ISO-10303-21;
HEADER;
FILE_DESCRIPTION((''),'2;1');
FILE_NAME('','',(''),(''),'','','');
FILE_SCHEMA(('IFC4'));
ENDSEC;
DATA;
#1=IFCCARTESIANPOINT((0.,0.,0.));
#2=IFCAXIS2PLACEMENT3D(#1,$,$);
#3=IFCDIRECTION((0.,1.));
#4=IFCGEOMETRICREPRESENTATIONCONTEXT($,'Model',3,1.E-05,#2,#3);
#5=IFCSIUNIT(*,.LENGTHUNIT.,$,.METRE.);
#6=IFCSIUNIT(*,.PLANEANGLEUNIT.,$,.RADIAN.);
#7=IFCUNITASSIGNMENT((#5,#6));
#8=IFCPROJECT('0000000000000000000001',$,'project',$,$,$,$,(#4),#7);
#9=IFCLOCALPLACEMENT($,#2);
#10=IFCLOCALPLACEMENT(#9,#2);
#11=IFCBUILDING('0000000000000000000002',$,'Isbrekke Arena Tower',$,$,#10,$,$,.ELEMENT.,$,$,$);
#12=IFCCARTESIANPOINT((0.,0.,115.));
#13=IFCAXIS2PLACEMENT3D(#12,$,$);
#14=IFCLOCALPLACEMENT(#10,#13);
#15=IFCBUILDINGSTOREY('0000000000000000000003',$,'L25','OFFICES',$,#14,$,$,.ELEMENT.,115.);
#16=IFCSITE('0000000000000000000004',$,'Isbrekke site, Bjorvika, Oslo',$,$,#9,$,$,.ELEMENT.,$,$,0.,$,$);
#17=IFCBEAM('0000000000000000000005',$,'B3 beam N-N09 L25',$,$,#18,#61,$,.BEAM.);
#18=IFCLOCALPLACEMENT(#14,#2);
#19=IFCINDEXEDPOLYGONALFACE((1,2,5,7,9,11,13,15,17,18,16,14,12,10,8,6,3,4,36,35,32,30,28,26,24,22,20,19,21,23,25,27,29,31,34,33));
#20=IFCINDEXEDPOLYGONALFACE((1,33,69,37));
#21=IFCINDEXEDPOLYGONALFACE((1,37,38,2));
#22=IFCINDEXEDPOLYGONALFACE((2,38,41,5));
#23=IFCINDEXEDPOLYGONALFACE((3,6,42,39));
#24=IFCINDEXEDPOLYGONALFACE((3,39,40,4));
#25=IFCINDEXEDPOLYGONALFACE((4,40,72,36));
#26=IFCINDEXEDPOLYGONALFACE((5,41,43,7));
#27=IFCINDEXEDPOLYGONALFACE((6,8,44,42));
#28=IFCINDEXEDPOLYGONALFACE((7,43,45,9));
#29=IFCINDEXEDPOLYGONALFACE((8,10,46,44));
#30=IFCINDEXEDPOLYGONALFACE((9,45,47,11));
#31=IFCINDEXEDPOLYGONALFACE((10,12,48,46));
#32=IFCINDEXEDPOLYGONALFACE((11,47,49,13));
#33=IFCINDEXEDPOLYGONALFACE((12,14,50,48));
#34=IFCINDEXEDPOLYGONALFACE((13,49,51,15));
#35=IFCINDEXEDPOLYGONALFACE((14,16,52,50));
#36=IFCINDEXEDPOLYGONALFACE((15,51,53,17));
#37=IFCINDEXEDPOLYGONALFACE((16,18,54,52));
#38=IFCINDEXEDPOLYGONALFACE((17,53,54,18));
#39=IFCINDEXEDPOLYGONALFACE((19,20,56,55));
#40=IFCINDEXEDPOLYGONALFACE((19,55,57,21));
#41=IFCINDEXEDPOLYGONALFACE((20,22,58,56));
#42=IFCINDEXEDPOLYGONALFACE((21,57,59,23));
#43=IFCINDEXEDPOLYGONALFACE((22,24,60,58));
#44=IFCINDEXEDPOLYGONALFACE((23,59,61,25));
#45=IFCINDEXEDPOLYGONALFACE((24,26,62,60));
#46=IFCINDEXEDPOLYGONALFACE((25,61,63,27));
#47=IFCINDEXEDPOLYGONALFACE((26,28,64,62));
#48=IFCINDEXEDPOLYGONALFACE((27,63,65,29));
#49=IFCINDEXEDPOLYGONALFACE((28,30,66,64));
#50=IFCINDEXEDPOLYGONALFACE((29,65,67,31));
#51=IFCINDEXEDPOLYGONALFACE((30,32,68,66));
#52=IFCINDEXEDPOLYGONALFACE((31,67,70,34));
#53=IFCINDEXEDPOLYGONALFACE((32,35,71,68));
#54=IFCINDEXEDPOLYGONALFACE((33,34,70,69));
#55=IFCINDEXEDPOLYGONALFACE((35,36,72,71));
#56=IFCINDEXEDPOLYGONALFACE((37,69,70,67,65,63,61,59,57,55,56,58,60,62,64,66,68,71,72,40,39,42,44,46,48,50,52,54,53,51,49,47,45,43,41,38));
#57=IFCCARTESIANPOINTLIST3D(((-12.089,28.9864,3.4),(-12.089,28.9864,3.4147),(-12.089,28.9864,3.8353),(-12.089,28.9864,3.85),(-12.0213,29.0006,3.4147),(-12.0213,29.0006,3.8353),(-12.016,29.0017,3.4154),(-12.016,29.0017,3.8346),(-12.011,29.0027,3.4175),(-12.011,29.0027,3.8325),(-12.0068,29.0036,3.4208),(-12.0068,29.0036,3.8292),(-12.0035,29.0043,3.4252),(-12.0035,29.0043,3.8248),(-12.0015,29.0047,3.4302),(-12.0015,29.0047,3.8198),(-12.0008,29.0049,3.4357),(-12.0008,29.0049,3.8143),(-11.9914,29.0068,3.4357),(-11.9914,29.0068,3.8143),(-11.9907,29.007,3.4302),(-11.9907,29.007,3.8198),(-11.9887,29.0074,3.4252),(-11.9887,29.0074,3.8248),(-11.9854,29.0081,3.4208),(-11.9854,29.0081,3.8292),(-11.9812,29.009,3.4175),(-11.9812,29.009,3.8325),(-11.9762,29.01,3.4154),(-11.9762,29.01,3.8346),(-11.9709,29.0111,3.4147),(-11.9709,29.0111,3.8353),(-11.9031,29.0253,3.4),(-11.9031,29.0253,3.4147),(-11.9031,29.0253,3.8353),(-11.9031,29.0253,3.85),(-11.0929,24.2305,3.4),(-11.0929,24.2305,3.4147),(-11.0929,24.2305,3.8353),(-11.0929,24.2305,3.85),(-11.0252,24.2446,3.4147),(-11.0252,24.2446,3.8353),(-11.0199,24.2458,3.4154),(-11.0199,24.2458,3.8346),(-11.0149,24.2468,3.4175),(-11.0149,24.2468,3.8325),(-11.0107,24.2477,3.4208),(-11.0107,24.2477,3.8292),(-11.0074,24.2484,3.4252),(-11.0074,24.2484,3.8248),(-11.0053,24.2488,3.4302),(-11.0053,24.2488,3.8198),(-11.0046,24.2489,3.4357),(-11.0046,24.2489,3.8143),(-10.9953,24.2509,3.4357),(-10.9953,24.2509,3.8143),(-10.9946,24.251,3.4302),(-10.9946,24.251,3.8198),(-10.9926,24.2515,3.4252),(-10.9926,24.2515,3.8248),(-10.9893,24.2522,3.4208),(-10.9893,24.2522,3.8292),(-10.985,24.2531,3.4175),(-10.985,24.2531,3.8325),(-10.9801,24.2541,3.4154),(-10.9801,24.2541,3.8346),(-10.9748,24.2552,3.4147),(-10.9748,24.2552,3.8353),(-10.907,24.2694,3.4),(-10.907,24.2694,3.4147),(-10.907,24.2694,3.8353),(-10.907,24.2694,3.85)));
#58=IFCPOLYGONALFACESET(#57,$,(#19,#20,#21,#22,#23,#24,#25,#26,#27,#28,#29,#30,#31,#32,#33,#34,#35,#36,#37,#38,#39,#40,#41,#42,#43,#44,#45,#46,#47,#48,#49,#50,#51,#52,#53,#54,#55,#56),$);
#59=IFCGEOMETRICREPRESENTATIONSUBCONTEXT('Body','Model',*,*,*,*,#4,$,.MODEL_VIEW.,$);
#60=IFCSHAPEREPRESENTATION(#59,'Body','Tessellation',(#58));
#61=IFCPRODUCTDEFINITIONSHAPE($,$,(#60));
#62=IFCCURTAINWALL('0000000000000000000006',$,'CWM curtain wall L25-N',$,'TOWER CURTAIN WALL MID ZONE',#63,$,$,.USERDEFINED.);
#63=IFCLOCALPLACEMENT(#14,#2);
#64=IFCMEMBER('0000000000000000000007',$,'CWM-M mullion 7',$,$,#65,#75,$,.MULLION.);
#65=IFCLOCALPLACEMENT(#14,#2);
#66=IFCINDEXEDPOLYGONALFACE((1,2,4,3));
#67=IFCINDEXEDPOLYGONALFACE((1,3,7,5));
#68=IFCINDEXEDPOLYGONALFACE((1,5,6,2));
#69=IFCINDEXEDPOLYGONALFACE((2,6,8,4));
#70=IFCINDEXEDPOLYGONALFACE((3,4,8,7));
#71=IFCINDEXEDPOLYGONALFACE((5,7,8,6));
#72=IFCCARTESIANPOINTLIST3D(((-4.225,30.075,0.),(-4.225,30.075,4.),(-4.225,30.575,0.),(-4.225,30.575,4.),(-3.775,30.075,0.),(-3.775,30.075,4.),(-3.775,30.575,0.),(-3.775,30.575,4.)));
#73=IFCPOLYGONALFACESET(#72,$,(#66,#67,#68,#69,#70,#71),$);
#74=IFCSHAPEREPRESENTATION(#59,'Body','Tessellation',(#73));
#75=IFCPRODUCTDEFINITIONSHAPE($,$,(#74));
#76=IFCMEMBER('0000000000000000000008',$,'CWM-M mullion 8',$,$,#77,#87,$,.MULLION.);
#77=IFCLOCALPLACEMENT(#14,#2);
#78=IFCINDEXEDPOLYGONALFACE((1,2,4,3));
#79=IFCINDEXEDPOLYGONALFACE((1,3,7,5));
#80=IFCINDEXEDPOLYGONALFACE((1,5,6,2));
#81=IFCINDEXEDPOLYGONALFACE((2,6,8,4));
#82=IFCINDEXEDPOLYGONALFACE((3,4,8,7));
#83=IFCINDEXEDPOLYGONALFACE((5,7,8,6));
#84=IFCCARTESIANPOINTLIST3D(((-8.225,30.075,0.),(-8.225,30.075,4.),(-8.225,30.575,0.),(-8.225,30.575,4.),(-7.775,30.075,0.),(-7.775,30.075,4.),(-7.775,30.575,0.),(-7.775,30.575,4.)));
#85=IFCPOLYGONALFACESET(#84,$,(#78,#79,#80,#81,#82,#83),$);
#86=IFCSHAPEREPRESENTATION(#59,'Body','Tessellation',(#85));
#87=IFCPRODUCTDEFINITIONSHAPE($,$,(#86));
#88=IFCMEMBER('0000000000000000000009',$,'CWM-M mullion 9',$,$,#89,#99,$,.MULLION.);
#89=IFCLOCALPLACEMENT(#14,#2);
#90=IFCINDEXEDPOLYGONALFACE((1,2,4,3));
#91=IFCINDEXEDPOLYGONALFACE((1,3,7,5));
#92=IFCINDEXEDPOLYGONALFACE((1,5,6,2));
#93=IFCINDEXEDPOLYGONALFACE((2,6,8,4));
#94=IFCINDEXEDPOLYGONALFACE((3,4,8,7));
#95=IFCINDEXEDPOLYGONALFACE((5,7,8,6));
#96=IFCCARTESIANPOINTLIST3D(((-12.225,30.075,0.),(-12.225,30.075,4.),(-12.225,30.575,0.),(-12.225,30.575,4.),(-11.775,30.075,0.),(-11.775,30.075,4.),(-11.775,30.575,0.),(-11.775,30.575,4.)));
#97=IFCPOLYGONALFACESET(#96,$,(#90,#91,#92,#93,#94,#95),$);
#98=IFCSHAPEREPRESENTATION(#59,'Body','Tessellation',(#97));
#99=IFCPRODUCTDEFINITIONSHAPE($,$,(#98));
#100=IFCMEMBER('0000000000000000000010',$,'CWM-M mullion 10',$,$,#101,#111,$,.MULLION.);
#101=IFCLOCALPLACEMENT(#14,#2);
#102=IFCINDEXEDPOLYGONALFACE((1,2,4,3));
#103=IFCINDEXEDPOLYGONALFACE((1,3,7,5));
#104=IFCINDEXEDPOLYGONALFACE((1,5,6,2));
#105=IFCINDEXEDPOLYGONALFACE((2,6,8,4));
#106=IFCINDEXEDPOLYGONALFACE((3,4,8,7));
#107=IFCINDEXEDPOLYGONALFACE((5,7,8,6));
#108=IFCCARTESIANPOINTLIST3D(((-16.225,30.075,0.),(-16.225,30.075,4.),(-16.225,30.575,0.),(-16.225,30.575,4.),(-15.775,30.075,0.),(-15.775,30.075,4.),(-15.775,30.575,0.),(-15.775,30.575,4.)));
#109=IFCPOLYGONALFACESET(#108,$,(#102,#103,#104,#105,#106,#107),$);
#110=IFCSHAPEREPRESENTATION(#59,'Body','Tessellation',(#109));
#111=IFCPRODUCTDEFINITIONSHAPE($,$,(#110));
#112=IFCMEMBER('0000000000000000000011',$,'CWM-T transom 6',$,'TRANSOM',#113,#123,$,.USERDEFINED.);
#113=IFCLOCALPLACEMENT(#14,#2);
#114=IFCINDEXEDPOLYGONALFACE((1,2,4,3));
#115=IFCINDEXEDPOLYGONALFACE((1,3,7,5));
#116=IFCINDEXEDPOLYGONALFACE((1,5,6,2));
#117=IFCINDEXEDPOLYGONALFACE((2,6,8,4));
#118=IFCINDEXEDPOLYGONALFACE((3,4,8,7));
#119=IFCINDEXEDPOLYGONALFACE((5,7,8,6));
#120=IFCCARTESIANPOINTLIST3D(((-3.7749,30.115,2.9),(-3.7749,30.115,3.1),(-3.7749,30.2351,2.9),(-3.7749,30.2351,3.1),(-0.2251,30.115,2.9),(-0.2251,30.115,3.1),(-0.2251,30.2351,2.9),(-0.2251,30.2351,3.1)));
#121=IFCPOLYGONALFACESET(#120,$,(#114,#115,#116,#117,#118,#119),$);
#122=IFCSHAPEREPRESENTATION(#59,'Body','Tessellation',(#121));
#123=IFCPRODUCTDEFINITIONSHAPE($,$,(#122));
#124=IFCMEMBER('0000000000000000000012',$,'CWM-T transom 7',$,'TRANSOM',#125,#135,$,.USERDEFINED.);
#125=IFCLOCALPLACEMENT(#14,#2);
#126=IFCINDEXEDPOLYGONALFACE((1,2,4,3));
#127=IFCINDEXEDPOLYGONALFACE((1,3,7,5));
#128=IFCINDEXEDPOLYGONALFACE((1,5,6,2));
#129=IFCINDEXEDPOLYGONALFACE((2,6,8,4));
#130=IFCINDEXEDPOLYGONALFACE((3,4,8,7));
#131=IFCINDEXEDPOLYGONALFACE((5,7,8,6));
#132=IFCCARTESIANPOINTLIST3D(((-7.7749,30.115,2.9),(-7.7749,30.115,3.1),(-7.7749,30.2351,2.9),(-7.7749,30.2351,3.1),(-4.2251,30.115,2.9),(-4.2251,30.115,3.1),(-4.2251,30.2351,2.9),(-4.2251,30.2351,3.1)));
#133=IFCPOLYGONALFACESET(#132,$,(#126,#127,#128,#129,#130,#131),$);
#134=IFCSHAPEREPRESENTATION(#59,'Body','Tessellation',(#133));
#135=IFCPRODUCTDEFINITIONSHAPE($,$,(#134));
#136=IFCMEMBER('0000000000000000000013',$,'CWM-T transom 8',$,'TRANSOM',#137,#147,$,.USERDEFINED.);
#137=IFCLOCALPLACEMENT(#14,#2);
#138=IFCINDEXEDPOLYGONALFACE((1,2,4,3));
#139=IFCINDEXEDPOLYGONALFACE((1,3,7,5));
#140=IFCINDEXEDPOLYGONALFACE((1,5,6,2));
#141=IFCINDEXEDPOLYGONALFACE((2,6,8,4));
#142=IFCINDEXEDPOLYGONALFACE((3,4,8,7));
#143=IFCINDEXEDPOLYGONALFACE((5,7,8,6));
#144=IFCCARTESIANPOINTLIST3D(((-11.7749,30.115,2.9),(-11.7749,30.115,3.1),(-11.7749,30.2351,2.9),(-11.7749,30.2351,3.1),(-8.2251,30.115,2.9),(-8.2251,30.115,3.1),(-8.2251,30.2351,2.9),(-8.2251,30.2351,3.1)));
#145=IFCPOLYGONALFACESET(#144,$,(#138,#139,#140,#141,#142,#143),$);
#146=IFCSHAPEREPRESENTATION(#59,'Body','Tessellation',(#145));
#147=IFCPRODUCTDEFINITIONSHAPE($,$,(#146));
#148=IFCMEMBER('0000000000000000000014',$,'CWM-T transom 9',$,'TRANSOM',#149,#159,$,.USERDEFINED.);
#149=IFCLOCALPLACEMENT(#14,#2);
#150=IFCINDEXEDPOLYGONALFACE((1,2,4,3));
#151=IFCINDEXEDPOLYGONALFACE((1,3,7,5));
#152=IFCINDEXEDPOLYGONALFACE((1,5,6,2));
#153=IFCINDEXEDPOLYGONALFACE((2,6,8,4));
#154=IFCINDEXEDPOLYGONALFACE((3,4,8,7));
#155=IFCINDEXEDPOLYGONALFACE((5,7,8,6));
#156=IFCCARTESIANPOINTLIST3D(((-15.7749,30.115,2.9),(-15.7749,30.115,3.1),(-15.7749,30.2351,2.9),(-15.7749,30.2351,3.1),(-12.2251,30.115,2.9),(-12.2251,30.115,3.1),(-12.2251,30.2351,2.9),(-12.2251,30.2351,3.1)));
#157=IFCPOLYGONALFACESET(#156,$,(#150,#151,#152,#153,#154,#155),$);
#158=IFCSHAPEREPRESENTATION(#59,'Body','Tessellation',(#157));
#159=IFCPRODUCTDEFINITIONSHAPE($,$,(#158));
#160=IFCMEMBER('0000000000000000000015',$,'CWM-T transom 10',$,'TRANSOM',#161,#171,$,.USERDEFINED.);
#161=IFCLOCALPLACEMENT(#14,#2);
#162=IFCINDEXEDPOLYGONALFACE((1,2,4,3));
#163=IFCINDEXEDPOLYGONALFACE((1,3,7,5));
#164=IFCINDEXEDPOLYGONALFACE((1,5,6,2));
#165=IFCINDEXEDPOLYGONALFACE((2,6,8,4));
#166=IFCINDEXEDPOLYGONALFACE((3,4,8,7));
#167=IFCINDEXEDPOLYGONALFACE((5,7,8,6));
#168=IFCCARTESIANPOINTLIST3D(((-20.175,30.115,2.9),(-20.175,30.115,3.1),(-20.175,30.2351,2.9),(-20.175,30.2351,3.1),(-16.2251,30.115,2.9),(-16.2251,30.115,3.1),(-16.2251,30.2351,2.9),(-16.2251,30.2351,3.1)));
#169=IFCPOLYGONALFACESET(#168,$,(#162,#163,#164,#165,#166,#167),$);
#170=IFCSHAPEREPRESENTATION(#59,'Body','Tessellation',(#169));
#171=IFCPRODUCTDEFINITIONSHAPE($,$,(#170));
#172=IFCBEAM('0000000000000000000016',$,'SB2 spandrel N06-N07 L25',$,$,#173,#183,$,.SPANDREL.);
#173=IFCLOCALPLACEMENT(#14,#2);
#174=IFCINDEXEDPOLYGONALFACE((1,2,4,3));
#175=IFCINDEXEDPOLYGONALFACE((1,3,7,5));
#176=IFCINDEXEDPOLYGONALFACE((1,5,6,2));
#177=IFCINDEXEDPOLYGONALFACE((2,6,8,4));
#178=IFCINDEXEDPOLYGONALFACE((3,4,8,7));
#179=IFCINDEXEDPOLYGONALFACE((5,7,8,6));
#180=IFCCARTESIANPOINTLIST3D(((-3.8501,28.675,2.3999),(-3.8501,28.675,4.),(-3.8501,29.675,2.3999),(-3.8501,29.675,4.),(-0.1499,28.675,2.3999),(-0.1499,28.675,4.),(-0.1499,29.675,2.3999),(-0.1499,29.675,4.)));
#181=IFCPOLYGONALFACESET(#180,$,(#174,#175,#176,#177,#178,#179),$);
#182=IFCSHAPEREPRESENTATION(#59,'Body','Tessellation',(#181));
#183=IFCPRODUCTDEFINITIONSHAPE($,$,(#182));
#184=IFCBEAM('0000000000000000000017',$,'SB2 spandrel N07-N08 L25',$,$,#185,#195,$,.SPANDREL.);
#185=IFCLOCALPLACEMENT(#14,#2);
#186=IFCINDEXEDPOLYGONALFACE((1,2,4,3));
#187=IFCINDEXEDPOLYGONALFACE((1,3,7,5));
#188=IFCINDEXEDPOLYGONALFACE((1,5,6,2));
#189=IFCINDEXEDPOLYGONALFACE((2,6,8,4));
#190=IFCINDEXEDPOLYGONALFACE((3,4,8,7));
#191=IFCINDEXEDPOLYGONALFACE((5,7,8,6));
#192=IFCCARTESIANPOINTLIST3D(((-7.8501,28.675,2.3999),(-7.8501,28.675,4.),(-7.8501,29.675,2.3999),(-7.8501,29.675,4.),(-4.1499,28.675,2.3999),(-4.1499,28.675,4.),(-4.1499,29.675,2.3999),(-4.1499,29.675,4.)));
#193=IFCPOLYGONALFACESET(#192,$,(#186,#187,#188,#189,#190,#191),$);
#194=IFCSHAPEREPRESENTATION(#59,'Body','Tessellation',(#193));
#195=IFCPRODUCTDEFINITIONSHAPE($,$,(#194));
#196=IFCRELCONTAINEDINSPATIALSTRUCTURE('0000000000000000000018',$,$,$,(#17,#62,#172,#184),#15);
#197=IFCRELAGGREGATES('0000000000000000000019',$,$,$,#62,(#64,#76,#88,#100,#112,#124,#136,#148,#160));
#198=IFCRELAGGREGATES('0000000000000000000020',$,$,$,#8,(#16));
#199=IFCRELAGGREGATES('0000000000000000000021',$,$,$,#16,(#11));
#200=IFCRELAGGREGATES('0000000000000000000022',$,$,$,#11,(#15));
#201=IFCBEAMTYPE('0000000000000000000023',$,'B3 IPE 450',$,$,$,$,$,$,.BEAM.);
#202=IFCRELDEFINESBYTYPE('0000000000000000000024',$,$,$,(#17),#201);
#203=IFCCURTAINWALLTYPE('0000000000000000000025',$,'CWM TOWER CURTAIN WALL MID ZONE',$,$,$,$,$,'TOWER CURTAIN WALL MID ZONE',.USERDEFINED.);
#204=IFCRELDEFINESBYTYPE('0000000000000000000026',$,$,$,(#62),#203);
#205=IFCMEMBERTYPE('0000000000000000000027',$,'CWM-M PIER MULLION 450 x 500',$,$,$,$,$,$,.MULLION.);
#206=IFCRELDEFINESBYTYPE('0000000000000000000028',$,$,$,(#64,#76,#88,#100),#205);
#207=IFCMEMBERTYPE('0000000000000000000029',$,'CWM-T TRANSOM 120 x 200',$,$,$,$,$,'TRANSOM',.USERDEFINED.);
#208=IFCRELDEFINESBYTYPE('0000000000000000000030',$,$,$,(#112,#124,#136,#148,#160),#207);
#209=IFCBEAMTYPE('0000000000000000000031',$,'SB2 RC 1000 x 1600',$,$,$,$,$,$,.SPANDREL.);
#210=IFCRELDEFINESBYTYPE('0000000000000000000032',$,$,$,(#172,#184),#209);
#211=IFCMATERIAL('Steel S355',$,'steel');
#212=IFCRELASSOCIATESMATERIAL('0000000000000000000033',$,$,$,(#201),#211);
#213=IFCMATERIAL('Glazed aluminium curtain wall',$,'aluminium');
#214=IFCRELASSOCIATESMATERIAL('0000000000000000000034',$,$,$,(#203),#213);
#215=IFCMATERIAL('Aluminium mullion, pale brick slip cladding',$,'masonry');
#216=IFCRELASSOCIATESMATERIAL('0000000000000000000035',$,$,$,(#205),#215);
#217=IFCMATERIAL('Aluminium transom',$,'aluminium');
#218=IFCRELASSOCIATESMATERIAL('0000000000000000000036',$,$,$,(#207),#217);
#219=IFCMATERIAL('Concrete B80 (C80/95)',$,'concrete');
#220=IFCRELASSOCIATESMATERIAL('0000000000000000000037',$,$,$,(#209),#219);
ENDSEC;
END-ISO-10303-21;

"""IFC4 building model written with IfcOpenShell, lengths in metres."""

from ifc_helpers import new_model, si_unit, direction, frame, origin, origin_2d, place, context, subcontext, project, spatial, rectangle, i_section, extrude, material, material_profile, profile_set, type_object, element, aggregate, save


model = new_model("IFC4")

# Units and contexts
model_context = context("Model", 3, precision=1e-05, world=origin(), true_north=direction((0.0, 1.0)))
body_context = subcontext(model_context, "Body", "Model", "MODEL_VIEW")
ifc_project = project(units=[si_unit("LENGTHUNIT", "METRE"), si_unit("PLANEANGLEUNIT", "RADIAN")], contexts=[model_context])

# Site, building, storey
site_placement = place(None, origin())
site = spatial("IfcSite", under=ifc_project, at=site_placement, Name="Isbrekke site, Bjorvika, Oslo", CompositionType="ELEMENT", RefElevation=0.0)
building_placement = place(site_placement, origin())
building = spatial("IfcBuilding", under=site, at=building_placement, Name="Isbrekke Arena Tower", CompositionType="ELEMENT")
storey_placement = place(building_placement, frame((0.0, 0.0, 115.0)))
storey = spatial("IfcBuildingStorey", under=building, at=storey_placement, Name="L25", Description="OFFICES", CompositionType="ELEMENT", Elevation=115.0)

# Beam
ifc_material_1 = material(Name="Steel S355", Category="steel")
ifc_material_profile_1 = material_profile(ifc_material_1, i_section(OverallWidth=0.1899, OverallDepth=0.45, WebThickness=0.0095, FlangeThickness=0.0146, FilletRadius=0.021, at=origin_2d()), Name="IPE 450")
ifc_profile_set_1 = profile_set([ifc_material_profile_1], Name="Steel S355")
beam_type_1 = type_object("IfcBeamType", Name="B3 IPE 450", PredefinedType="BEAM", material=ifc_profile_set_1)
beam_1_placement = place(storey_placement, frame((-11.9961, 29.0059, 3.625), z_axis=(0.204997, -0.978762, 0.0), x_axis=(0.978762, 0.204997, 0.0)))
element("IfcBeam", 1, at=beam_1_placement, inside=storey, type_object=beam_type_1, Name="B3 beam N-N09 L25", PredefinedType="BEAM", context=body_context, shape_type="SweptSolid", body=[
    extrude(i_section(OverallWidth=0.1899, OverallDepth=0.45, WebThickness=0.0095, FlangeThickness=0.0146, FilletRadius=0.021, at=origin_2d()), origin(), (0.0, 0.0, 1.0), 4.8591),
])

# Curtain wall, members
ifc_material_2 = material(Name="Glazed aluminium curtain wall", Category="aluminium")
curtain_wall_type = type_object("IfcCurtainWallType", Name="CWM TOWER CURTAIN WALL MID ZONE", ElementType="TOWER CURTAIN WALL MID ZONE", PredefinedType="USERDEFINED", material=ifc_material_2)
curtain_wall_placement = place(storey_placement, origin())
curtain_wall = element("IfcCurtainWall", 2, at=curtain_wall_placement, inside=storey, type_object=curtain_wall_type, Name="CWM curtain wall L25-N", ObjectType="TOWER CURTAIN WALL MID ZONE", PredefinedType="USERDEFINED")
ifc_material_3 = material(Name="Aluminium mullion, pale brick slip cladding", Category="masonry")
ifc_material_profile_2 = material_profile(ifc_material_3, rectangle(XDim=0.45, YDim=0.5, at=origin_2d()), Name="PIER 450X500")
ifc_profile_set_2 = profile_set([ifc_material_profile_2], Name="Aluminium mullion, pale brick slip cladding")
member_type_1 = type_object("IfcMemberType", Name="CWM-M PIER MULLION 450 x 500", PredefinedType="MULLION", material=ifc_profile_set_2)
member_1_placement = place(storey_placement, frame((-4.0, 30.325, 0.0), z_axis=(0.0, 0.0, 1.0), x_axis=(-1.0, 0.0, 0.0)))
member_1 = element("IfcMember", 3, at=member_1_placement, type_object=member_type_1, Name="CWM-M mullion 7", PredefinedType="MULLION", context=body_context, shape_type="SweptSolid", body=[
    extrude(rectangle(XDim=0.45, YDim=0.5, at=origin_2d()), origin(), (0.0, 0.0, 1.0), 4.0),
])
member_2_placement = place(storey_placement, frame((-8.0, 30.325, 0.0), z_axis=(0.0, 0.0, 1.0), x_axis=(-1.0, 0.0, 0.0)))
member_2 = element("IfcMember", 4, at=member_2_placement, type_object=member_type_1, Name="CWM-M mullion 8", PredefinedType="MULLION", context=body_context, shape_type="SweptSolid", body=[
    extrude(rectangle(XDim=0.45, YDim=0.5, at=origin_2d()), origin(), (0.0, 0.0, 1.0), 4.0),
])
member_3_placement = place(storey_placement, frame((-12.0, 30.325, 0.0), z_axis=(0.0, 0.0, 1.0), x_axis=(-1.0, 0.0, 0.0)))
member_3 = element("IfcMember", 5, at=member_3_placement, type_object=member_type_1, Name="CWM-M mullion 9", PredefinedType="MULLION", context=body_context, shape_type="SweptSolid", body=[
    extrude(rectangle(XDim=0.45, YDim=0.5, at=origin_2d()), origin(), (0.0, 0.0, 1.0), 4.0),
])
member_4_placement = place(storey_placement, frame((-16.0, 30.325, 0.0), z_axis=(0.0, 0.0, 1.0), x_axis=(-1.0, 0.0, 0.0)))
member_4 = element("IfcMember", 6, at=member_4_placement, type_object=member_type_1, Name="CWM-M mullion 10", PredefinedType="MULLION", context=body_context, shape_type="SweptSolid", body=[
    extrude(rectangle(XDim=0.45, YDim=0.5, at=origin_2d()), origin(), (0.0, 0.0, 1.0), 4.0),
])
ifc_material_4 = material(Name="Aluminium transom", Category="aluminium")
ifc_material_profile_3 = material_profile(ifc_material_4, rectangle(XDim=0.1201, YDim=0.2, at=origin_2d()), Name="TRANSOM 120X200")
ifc_profile_set_3 = profile_set([ifc_material_profile_3], Name="Aluminium transom")
member_type_2 = type_object("IfcMemberType", Name="CWM-T TRANSOM 120 x 200", ElementType="TRANSOM", PredefinedType="USERDEFINED", material=ifc_profile_set_3)
member_5_placement = place(storey_placement, frame((-0.2251, 30.175, 3.0), z_axis=(-1.0, 0.0, 0.0), x_axis=(0.0, -1.0, 0.0)))
member_5 = element("IfcMember", 7, at=member_5_placement, type_object=member_type_2, Name="CWM-T transom 6", ObjectType="TRANSOM", PredefinedType="USERDEFINED", context=body_context, shape_type="SweptSolid", body=[
    extrude(rectangle(XDim=0.1201, YDim=0.2, at=origin_2d()), origin(), (0.0, 0.0, 1.0), 3.5498),
])
member_6_placement = place(storey_placement, frame((-4.2251, 30.175, 3.0), z_axis=(-1.0, 0.0, 0.0), x_axis=(0.0, -1.0, 0.0)))
member_6 = element("IfcMember", 8, at=member_6_placement, type_object=member_type_2, Name="CWM-T transom 7", ObjectType="TRANSOM", PredefinedType="USERDEFINED", context=body_context, shape_type="SweptSolid", body=[
    extrude(rectangle(XDim=0.1201, YDim=0.2, at=origin_2d()), origin(), (0.0, 0.0, 1.0), 3.5498),
])
member_7_placement = place(storey_placement, frame((-8.2251, 30.175, 3.0), z_axis=(-1.0, 0.0, 0.0), x_axis=(0.0, -1.0, 0.0)))
member_7 = element("IfcMember", 9, at=member_7_placement, type_object=member_type_2, Name="CWM-T transom 8", ObjectType="TRANSOM", PredefinedType="USERDEFINED", context=body_context, shape_type="SweptSolid", body=[
    extrude(rectangle(XDim=0.1201, YDim=0.2, at=origin_2d()), origin(), (0.0, 0.0, 1.0), 3.5498),
])
member_8_placement = place(storey_placement, frame((-12.2251, 30.175, 3.0), z_axis=(-1.0, 0.0, 0.0), x_axis=(0.0, -1.0, 0.0)))
member_8 = element("IfcMember", 10, at=member_8_placement, type_object=member_type_2, Name="CWM-T transom 9", ObjectType="TRANSOM", PredefinedType="USERDEFINED", context=body_context, shape_type="SweptSolid", body=[
    extrude(rectangle(XDim=0.1201, YDim=0.2, at=origin_2d()), origin(), (0.0, 0.0, 1.0), 3.5498),
])
member_9_placement = place(storey_placement, frame((-16.2251, 30.175, 3.0), z_axis=(-1.0, 0.0, 0.0), x_axis=(0.0, -1.0, 0.0)))
member_9 = element("IfcMember", 11, at=member_9_placement, type_object=member_type_2, Name="CWM-T transom 10", ObjectType="TRANSOM", PredefinedType="USERDEFINED", context=body_context, shape_type="SweptSolid", body=[
    extrude(rectangle(XDim=0.1201, YDim=0.2, at=origin_2d()), origin(), (0.0, 0.0, 1.0), 3.95),
])

# Beams
ifc_material_5 = material(Name="Concrete B80 (C80/95)", Category="concrete")
ifc_material_profile_4 = material_profile(ifc_material_5, rectangle(XDim=1.0, YDim=1.6001, at=origin_2d()), Name="RC 1000x1600")
ifc_profile_set_4 = profile_set([ifc_material_profile_4], Name="Concrete B80 (C80/95)")
beam_type_2 = type_object("IfcBeamType", Name="SB2 RC 1000 x 1600", PredefinedType="SPANDREL", material=ifc_profile_set_4)
for number, where, z_axis, x_axis, name in (
    (12, (-0.1499, 29.175, 3.2), (-1.0, 0.0, 0.0), (0.0, -1.0, 0.0), "SB2 spandrel N06-N07 L25"),
    (13, (-4.1499, 29.175, 3.2), (-1.0, 0.0, 0.0), (0.0, -1.0, 0.0), "SB2 spandrel N07-N08 L25"),
):
    element("IfcBeam", number, at=place(storey_placement, frame(where, z_axis=z_axis, x_axis=x_axis)), inside=storey, type_object=beam_type_2, Name=name, PredefinedType="SPANDREL", context=body_context, shape_type="SweptSolid", body=[
        extrude(rectangle(XDim=1.0, YDim=1.6001, at=origin_2d()), origin(), (0.0, 0.0, 1.0), 3.7002),
    ])

aggregate(curtain_wall, [member_1, member_2, member_3, member_4, member_5, member_6, member_7, member_8, member_9])

save(model, "model.ifc")
